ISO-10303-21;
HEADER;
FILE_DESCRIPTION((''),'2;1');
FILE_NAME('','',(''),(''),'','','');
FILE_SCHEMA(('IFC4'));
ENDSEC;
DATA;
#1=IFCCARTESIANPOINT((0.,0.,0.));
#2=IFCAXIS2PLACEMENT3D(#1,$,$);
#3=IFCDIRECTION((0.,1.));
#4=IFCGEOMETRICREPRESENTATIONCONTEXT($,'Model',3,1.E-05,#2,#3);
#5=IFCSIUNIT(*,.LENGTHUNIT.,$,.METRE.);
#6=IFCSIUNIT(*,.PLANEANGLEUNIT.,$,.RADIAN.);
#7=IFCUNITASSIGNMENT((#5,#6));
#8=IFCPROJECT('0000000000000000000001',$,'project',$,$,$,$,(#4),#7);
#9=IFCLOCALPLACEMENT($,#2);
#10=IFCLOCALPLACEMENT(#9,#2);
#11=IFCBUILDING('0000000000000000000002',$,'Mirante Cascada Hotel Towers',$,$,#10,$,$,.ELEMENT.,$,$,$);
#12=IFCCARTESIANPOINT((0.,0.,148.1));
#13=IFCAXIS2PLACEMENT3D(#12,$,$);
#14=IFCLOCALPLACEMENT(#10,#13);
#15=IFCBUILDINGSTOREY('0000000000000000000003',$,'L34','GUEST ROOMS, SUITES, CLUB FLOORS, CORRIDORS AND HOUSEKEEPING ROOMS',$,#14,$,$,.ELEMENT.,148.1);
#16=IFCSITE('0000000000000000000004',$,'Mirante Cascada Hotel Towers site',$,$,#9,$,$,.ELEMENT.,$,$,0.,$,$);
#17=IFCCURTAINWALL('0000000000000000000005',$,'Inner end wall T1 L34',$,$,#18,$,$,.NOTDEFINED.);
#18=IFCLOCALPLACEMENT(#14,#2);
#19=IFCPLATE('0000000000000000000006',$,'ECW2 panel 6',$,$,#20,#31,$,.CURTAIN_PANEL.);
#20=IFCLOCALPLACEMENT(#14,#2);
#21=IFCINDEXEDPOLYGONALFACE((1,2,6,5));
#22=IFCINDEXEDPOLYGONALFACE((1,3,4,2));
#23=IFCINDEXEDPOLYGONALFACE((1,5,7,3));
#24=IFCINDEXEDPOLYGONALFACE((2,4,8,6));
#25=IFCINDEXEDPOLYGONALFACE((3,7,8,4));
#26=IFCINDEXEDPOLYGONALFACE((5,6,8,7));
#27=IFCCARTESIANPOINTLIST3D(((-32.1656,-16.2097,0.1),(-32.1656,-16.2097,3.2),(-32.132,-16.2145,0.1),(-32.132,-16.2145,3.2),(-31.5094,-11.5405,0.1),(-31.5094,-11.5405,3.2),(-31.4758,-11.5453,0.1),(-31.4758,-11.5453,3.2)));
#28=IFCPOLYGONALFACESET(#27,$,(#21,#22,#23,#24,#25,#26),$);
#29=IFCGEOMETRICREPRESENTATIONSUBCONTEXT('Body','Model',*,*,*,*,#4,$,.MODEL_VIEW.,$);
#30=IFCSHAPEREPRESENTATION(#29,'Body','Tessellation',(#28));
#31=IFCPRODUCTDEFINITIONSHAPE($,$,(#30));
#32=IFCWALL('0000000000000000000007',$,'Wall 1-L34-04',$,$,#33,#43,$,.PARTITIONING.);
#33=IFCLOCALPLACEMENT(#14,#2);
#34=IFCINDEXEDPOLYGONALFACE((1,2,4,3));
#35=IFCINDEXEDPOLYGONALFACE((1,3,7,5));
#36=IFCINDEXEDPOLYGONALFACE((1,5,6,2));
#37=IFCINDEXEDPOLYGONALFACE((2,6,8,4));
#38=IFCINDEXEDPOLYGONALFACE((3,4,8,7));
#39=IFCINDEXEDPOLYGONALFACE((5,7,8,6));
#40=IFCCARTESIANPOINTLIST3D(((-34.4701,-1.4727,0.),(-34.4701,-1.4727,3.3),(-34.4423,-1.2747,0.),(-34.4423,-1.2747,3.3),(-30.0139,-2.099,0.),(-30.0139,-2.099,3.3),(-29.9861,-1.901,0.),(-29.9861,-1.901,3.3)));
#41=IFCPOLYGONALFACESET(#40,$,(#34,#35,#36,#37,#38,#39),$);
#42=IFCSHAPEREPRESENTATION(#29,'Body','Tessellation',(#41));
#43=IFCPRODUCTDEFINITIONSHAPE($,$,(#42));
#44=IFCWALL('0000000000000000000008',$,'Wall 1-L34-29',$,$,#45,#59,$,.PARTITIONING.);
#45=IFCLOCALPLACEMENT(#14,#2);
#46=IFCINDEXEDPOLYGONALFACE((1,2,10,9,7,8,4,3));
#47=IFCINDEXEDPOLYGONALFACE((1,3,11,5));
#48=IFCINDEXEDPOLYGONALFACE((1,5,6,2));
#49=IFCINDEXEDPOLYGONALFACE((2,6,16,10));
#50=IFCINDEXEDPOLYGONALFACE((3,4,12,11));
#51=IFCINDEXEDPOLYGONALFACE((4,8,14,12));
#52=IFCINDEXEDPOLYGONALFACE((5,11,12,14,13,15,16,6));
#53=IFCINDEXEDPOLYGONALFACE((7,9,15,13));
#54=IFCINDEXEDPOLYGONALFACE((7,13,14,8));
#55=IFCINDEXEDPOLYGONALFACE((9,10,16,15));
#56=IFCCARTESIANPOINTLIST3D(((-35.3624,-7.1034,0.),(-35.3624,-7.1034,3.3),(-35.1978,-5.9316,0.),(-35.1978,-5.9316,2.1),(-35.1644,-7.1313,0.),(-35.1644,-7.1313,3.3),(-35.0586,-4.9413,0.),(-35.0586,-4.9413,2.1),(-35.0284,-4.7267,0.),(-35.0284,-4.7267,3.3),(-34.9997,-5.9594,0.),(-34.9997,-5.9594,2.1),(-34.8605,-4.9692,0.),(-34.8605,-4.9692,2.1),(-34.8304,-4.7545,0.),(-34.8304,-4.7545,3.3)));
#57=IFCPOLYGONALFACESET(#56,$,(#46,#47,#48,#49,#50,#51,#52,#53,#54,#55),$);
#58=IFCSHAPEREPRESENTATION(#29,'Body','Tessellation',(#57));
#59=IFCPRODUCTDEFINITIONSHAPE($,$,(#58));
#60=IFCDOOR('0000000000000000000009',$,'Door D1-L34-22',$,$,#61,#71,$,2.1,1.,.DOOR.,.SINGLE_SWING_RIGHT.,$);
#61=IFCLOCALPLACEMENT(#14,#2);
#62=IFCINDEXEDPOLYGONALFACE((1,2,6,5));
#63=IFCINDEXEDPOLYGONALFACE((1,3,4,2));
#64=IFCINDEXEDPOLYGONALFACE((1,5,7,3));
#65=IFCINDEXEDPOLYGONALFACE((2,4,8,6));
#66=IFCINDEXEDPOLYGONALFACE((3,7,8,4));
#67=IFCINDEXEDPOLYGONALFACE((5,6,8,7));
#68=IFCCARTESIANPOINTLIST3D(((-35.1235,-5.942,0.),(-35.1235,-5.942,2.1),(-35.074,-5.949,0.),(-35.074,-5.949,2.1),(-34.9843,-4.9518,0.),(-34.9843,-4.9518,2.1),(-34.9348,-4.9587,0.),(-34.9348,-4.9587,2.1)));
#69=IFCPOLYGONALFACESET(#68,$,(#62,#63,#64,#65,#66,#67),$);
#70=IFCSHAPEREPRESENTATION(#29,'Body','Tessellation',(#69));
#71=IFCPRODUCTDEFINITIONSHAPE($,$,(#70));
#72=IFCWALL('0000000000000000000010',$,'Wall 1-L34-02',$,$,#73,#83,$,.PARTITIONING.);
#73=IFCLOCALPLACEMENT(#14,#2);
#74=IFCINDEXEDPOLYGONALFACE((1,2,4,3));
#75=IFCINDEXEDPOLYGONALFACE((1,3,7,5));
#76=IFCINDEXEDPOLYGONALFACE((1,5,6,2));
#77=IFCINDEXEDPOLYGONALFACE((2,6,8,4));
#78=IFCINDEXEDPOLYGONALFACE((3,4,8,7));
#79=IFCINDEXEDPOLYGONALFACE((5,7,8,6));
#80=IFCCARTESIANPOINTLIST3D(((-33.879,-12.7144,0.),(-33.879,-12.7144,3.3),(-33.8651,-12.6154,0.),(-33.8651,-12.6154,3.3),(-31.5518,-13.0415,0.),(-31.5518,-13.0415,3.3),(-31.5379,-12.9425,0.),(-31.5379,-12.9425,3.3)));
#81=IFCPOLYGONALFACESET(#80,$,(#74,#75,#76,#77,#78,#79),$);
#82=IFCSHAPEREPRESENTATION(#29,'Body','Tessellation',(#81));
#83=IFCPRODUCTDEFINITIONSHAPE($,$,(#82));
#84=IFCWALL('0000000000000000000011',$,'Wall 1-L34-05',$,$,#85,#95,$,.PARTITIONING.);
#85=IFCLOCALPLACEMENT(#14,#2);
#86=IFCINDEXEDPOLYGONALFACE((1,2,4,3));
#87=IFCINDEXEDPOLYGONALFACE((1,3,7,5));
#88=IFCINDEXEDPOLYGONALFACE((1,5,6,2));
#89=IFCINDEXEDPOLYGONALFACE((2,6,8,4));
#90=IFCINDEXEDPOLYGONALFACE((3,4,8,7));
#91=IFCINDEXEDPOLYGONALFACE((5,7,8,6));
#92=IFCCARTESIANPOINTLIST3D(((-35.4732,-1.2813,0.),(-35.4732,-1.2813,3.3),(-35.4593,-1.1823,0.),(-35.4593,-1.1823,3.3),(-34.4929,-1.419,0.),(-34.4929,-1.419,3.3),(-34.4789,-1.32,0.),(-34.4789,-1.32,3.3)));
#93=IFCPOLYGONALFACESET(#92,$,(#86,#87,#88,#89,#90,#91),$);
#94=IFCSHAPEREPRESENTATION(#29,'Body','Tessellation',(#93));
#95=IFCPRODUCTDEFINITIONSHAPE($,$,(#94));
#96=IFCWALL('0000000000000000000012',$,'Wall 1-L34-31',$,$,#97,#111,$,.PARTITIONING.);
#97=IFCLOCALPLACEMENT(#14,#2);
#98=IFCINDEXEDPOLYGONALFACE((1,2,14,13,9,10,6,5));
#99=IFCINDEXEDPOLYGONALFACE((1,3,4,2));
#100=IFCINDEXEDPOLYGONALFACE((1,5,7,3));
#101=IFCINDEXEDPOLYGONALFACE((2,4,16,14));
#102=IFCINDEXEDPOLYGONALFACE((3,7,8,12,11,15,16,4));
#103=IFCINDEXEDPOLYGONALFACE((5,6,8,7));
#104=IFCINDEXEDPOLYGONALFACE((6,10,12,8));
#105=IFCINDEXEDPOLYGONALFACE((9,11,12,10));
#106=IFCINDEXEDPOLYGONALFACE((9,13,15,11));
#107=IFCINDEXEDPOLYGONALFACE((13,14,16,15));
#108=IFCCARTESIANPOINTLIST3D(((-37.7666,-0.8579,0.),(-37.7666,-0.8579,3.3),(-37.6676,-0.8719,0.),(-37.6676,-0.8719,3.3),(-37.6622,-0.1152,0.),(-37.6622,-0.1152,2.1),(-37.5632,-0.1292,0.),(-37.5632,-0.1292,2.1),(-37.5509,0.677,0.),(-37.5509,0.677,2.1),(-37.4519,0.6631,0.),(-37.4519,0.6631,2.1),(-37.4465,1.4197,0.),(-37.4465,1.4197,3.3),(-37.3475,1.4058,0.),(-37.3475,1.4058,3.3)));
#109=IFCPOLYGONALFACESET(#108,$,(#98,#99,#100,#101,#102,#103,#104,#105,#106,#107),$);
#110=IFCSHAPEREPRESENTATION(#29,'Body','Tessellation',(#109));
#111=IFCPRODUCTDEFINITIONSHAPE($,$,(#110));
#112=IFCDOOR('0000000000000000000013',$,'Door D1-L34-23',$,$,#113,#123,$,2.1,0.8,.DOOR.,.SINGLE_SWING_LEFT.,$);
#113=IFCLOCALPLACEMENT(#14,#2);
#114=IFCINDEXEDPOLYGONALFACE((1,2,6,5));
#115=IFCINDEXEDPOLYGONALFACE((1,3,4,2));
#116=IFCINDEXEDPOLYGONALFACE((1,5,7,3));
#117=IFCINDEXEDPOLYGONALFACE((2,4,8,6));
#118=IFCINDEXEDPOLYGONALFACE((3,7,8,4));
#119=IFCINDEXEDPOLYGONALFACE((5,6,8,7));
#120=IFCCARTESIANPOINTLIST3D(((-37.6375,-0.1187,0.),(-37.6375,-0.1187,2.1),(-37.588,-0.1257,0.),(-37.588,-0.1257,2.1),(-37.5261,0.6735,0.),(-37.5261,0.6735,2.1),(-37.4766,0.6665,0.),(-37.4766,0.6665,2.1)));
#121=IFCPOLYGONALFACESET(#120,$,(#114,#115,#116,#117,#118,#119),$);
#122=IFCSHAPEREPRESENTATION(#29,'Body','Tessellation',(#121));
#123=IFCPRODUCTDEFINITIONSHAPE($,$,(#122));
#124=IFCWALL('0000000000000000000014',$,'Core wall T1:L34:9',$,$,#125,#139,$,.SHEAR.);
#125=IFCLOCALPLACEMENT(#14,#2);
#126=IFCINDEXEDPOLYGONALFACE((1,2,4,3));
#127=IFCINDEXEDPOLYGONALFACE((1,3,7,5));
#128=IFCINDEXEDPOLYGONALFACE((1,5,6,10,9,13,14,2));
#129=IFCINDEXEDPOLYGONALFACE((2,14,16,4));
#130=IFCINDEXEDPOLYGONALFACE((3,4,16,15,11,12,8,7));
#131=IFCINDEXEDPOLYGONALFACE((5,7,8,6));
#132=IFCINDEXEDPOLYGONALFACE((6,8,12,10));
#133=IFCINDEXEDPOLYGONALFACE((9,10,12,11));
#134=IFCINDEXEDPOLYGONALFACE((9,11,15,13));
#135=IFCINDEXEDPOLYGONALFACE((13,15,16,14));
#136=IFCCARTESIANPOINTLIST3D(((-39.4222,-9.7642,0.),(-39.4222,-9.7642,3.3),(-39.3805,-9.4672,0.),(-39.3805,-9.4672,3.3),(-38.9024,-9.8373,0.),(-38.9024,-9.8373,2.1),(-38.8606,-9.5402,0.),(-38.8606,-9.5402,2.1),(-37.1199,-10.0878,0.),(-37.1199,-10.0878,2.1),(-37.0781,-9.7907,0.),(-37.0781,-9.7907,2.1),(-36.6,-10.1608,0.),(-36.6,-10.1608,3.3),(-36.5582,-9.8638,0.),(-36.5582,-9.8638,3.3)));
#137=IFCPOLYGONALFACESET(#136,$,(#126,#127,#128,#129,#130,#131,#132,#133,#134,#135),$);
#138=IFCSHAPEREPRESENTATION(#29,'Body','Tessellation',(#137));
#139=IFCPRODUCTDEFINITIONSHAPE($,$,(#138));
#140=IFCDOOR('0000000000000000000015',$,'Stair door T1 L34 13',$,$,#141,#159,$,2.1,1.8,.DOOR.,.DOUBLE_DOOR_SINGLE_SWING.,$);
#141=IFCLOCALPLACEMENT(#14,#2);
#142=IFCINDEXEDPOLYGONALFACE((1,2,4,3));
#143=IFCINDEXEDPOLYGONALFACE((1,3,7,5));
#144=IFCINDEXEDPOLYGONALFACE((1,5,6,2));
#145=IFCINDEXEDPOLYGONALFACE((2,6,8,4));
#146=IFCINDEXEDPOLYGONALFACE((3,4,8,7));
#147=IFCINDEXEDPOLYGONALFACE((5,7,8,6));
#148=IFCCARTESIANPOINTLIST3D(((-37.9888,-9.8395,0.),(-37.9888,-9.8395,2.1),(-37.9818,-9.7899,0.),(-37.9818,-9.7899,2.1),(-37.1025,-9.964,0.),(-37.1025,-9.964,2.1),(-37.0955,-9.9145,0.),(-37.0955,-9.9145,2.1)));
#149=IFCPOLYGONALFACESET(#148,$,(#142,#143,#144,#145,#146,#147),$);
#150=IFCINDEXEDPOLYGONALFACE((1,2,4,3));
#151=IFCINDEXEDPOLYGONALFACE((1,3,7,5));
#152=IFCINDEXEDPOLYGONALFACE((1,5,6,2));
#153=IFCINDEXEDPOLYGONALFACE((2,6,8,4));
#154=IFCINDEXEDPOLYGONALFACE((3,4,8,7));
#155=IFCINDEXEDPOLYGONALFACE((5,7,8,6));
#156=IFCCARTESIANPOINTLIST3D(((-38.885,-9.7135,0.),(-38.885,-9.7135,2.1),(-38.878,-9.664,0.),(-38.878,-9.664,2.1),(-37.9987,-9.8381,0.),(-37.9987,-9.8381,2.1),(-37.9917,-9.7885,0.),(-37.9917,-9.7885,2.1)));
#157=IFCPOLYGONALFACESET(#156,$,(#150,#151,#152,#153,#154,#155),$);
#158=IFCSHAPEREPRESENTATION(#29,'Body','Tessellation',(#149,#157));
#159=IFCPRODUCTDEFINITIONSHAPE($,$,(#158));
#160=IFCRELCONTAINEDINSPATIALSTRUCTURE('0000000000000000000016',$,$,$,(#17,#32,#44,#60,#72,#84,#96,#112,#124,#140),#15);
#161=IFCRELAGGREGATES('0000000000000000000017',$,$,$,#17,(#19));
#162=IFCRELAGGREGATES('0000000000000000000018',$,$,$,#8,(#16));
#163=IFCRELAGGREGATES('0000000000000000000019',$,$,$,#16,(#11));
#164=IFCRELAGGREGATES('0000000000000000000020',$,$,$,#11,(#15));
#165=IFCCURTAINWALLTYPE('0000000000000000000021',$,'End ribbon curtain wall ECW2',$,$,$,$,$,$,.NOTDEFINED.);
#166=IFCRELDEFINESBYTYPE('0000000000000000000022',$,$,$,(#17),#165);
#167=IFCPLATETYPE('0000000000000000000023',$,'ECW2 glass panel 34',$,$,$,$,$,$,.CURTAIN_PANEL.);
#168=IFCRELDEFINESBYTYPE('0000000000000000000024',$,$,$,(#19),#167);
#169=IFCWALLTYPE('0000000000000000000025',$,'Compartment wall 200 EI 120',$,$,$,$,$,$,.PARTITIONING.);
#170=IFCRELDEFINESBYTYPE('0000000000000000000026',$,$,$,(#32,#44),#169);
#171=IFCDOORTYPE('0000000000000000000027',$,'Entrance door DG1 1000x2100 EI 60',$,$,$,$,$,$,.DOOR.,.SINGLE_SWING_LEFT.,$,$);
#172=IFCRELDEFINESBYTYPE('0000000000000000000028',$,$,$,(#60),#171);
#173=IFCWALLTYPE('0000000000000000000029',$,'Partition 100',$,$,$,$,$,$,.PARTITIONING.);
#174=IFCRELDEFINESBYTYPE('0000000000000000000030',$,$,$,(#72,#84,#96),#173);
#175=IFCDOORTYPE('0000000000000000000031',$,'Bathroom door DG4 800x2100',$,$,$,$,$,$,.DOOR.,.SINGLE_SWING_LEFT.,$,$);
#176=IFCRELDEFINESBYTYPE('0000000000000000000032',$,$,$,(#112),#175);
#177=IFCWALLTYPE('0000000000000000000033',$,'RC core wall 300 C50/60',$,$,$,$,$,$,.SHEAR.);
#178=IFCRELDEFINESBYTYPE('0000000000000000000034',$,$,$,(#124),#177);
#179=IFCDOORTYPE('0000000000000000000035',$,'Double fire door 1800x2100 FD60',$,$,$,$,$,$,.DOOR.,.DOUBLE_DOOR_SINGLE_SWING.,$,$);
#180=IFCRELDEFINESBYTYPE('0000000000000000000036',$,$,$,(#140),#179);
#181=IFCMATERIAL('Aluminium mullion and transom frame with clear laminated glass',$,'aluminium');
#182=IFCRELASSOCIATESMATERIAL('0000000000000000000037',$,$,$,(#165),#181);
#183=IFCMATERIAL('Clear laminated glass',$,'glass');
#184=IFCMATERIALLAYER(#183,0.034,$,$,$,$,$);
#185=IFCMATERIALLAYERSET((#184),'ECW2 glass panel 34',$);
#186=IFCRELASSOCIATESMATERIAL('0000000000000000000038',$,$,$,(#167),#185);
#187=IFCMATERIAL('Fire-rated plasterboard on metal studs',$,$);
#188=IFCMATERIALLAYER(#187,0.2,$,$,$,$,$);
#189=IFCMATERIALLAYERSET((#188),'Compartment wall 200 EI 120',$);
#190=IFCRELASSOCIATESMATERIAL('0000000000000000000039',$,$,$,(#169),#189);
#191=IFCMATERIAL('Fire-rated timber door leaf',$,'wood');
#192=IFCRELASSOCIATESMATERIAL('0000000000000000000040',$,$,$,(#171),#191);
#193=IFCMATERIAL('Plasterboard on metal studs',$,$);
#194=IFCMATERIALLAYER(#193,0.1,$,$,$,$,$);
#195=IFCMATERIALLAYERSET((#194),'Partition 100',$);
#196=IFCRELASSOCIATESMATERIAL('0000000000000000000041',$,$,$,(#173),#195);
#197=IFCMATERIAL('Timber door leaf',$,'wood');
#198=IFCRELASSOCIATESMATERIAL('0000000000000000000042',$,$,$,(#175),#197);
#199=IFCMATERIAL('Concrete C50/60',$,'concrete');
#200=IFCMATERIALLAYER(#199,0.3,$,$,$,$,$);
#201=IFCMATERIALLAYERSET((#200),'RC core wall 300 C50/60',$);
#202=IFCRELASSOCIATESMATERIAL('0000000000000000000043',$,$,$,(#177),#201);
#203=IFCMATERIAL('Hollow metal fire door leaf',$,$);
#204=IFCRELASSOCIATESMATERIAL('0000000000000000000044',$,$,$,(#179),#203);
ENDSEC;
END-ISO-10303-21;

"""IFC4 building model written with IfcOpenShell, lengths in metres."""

from ifc_helpers import new_model, si_unit, direction, frame, frame_2d, origin, origin_2d, place, context, subcontext, project, spatial, rectangle, extrude, material, layer, layer_set, type_object, element, fill, aggregate, save


model = new_model("IFC4")

# Units and contexts
model_context = context("Model", 3, precision=1e-05, world=origin(), true_north=direction((0.0, 1.0)))
body_context = subcontext(model_context, "Body", "Model", "MODEL_VIEW")
ifc_project = project(units=[si_unit("LENGTHUNIT", "METRE"), si_unit("PLANEANGLEUNIT", "RADIAN")], contexts=[model_context])

# Site, building, storey
site_placement = place(None, origin())
site = spatial("IfcSite", under=ifc_project, at=site_placement, Name="Mirante Cascada Hotel Towers site", CompositionType="ELEMENT", RefElevation=0.0)
building_placement = place(site_placement, origin())
building = spatial("IfcBuilding", under=site, at=building_placement, Name="Mirante Cascada Hotel Towers", CompositionType="ELEMENT")
storey_placement = place(building_placement, frame((0.0, 0.0, 148.1)))
storey = spatial("IfcBuildingStorey", under=building, at=storey_placement, Name="L34", Description="GUEST ROOMS, SUITES, CLUB FLOORS, CORRIDORS AND HOUSEKEEPING ROOMS", CompositionType="ELEMENT", Elevation=148.1)

# Curtain wall, plate
ifc_material_1 = material(Name="Aluminium mullion and transom frame with clear laminated glass", Category="aluminium")
curtain_wall_type = type_object("IfcCurtainWallType", Name="End ribbon curtain wall ECW2", PredefinedType="NOTDEFINED", material=ifc_material_1)
curtain_wall_placement = place(storey_placement, origin())
curtain_wall = element("IfcCurtainWall", 1, at=curtain_wall_placement, inside=storey, type_object=curtain_wall_type, Name="Inner end wall T1 L34", PredefinedType="NOTDEFINED")
ifc_material_2 = material(Name="Clear laminated glass", Category="glass")
ifc_layer_1 = layer(ifc_material_2, 0.034)
ifc_layer_set_1 = layer_set([ifc_layer_1], Name="ECW2 glass panel 34")
plate_type = type_object("IfcPlateType", Name="ECW2 glass panel 34", PredefinedType="CURTAIN_PANEL", material=ifc_layer_set_1)
plate_placement = place(storey_placement, frame((-31.8207, -13.8775, 0.1), z_axis=(0.0, 0.0, 1.0), x_axis=(-0.139173, -0.990268, 0.0)))
plate = element("IfcPlate", 2, at=plate_placement, type_object=plate_type, Name="ECW2 panel 6", PredefinedType="CURTAIN_PANEL", context=body_context, shape_type="SweptSolid", body=[
    extrude(rectangle(XDim=4.7151, YDim=0.034, at=origin_2d()), origin(), (0.0, 0.0, 1.0), 3.1),
])
aggregate(curtain_wall, [plate])

# Wall
ifc_material_3 = material(Name="Fire-rated plasterboard on metal studs")
ifc_layer_2 = layer(ifc_material_3, 0.2)
ifc_layer_set_2 = layer_set([ifc_layer_2], Name="Compartment wall 200 EI 120")
wall_type_1 = type_object("IfcWallType", Name="Compartment wall 200 EI 120", PredefinedType="PARTITIONING", material=ifc_layer_set_2)
wall_1_placement = place(storey_placement, frame((-34.4562, -1.3737, 0.0), z_axis=(0.0, 0.0, 1.0), x_axis=(0.990267, -0.139178, 0.0)))
element("IfcWall", 3, at=wall_1_placement, inside=storey, type_object=wall_type_1, Name="Wall 1-L34-04", PredefinedType="PARTITIONING", context=body_context, shape_type="SweptSolid", body=[
    extrude(rectangle(XDim=4.5, YDim=0.2, at=frame_2d((2.25, 0.0))), origin(), (0.0, 0.0, 1.0), 3.3),
])

# Wall, opening, door
wall_2_placement = place(storey_placement, frame((-35.2634, -7.1173, 0.0), z_axis=(0.0, 0.0, 1.0), x_axis=(0.139163, 0.990269, 0.0)))
wall_2 = element("IfcWall", 4, at=wall_2_placement, inside=storey, type_object=wall_type_1, Name="Wall 1-L34-29", PredefinedType="PARTITIONING", context=body_context, shape_type="SweptSolid", body=[
    extrude(rectangle(XDim=2.4001, YDim=0.2, at=frame_2d((1.2, 0.0))), origin(), (0.0, 0.0, 1.0), 3.3),
])
opening_1_placement = place(wall_2_placement, frame((1.1833, 0.0, 0.0)))
opening_1 = element("IfcOpeningElement", 5, at=opening_1_placement, cuts=wall_2, PredefinedType="OPENING", context=body_context, shape_type="SweptSolid", body=[
    extrude(rectangle(XDim=1.0, YDim=2.1, at=frame_2d((0.5, 1.05))), frame((0.0, 0.1, 0.0), z_axis=(0.0, -1.0, 0.0), x_axis=(1.0, 0.0, 0.0)), (0.0, 0.0, 1.0), 0.2),
])
ifc_material_4 = material(Name="Fire-rated timber door leaf", Category="wood")
door_type_1 = type_object("IfcDoorType", Name="Entrance door DG1 1000x2100 EI 60", OperationType="SINGLE_SWING_LEFT", PredefinedType="DOOR", material=ifc_material_4)
door_1_placement = place(opening_1_placement, frame((1.0, 0.0, 0.0), z_axis=(0.0, 0.0, 1.0), x_axis=(-1.0, 0.0, 0.0)))
door_1 = element("IfcDoor", 6, at=door_1_placement, inside=storey, type_object=door_type_1, Name="Door D1-L34-22", OperationType="SINGLE_SWING_RIGHT", OverallHeight=2.1, OverallWidth=1.0, PredefinedType="DOOR", context=body_context, shape_type="SweptSolid", body=[
    extrude(rectangle(XDim=1.0, YDim=2.1, at=frame_2d((0.5, 1.05))), frame((0.0, 0.025, 0.0), z_axis=(0.0, -1.0, 0.0), x_axis=(1.0, 0.0, 0.0)), (0.0, 0.0, 1.0), 0.05),
])
fill(opening_1, door_1)

# Walls
ifc_material_5 = material(Name="Plasterboard on metal studs")
ifc_layer_3 = layer(ifc_material_5, 0.1)
ifc_layer_set_3 = layer_set([ifc_layer_3], Name="Partition 100")
wall_type_2 = type_object("IfcWallType", Name="Partition 100", PredefinedType="PARTITIONING", material=ifc_layer_set_3)
wall_3_placement = place(storey_placement, frame((-33.872, -12.6649, 0.0), z_axis=(0.0, 0.0, 1.0), x_axis=(0.990266, -0.139187, 0.0)))
element("IfcWall", 7, at=wall_3_placement, inside=storey, type_object=wall_type_2, Name="Wall 1-L34-02", PredefinedType="PARTITIONING", context=body_context, shape_type="SweptSolid", body=[
    extrude(rectangle(XDim=2.3501, YDim=0.1, at=frame_2d((1.175, 0.0))), origin(), (0.0, 0.0, 1.0), 3.3),
])
wall_4_placement = place(storey_placement, frame((-34.4859, -1.3695, 0.0), z_axis=(0.0, 0.0, 1.0), x_axis=(-0.99028, 0.139088, 0.0)))
element("IfcWall", 8, at=wall_4_placement, inside=storey, type_object=wall_type_2, Name="Wall 1-L34-05", PredefinedType="PARTITIONING", context=body_context, shape_type="SweptSolid", body=[
    extrude(rectangle(XDim=0.99, YDim=0.1, at=frame_2d((0.495, 0.0))), origin(), (0.0, 0.0, 1.0), 3.3),
])

# Walls, openings, doors
wall_5_placement = place(storey_placement, frame((-37.7171, -0.8649, 0.0), z_axis=(0.0, 0.0, 1.0), x_axis=(0.139175, 0.990268, 0.0)))
wall_5 = element("IfcWall", 9, at=wall_5_placement, inside=storey, type_object=wall_type_2, Name="Wall 1-L34-31", PredefinedType="PARTITIONING", context=body_context, shape_type="SweptSolid", body=[
    extrude(rectangle(XDim=2.3, YDim=0.1, at=frame_2d((1.15, 0.0))), origin(), (0.0, 0.0, 1.0), 3.3),
])
opening_2_placement = place(wall_5_placement, frame((0.75, 0.0, 0.0)))
opening_2 = element("IfcOpeningElement", 10, at=opening_2_placement, cuts=wall_5, PredefinedType="OPENING", context=body_context, shape_type="SweptSolid", body=[
    extrude(rectangle(XDim=0.8, YDim=2.1, at=frame_2d((0.4, 1.05))), frame((0.0, 0.05, 0.0), z_axis=(0.0, -1.0, 0.0), x_axis=(1.0, 0.0, 0.0)), (0.0, 0.0, 1.0), 0.1),
])
ifc_material_6 = material(Name="Timber door leaf", Category="wood")
door_type_2 = type_object("IfcDoorType", Name="Bathroom door DG4 800x2100", OperationType="SINGLE_SWING_LEFT", PredefinedType="DOOR", material=ifc_material_6)
door_2_placement = place(opening_2_placement, origin())
door_2 = element("IfcDoor", 11, at=door_2_placement, inside=storey, type_object=door_type_2, Name="Door D1-L34-23", OperationType="SINGLE_SWING_LEFT", OverallHeight=2.1, OverallWidth=0.8, PredefinedType="DOOR", context=body_context, shape_type="SweptSolid", body=[
    extrude(rectangle(XDim=0.8, YDim=2.1, at=frame_2d((0.4, 1.05))), frame((0.0, 0.025, 0.0), z_axis=(0.0, -1.0, 0.0), x_axis=(1.0, 0.0, 0.0)), (0.0, 0.0, 1.0), 0.05),
])
fill(opening_2, door_2)
ifc_material_7 = material(Name="Concrete C50/60", Category="concrete")
ifc_layer_4 = layer(ifc_material_7, 0.3)
ifc_layer_set_4 = layer_set([ifc_layer_4], Name="RC core wall 300 C50/60")
wall_type_3 = type_object("IfcWallType", Name="RC core wall 300 C50/60", PredefinedType="SHEAR", material=ifc_layer_set_4)
wall_6_placement = place(storey_placement, frame((-36.5791, -10.0123, 0.0), z_axis=(0.0, 0.0, 1.0), x_axis=(-0.99027, 0.139156, 0.0)))
wall_6 = element("IfcWall", 12, at=wall_6_placement, inside=storey, type_object=wall_type_3, Name="Core wall T1:L34:9", PredefinedType="SHEAR", context=body_context, shape_type="SweptSolid", body=[
    extrude(rectangle(XDim=2.85, YDim=0.3, at=frame_2d((1.425, 0.0))), origin(), (0.0, 0.0, 1.0), 3.3),
])
opening_3_placement = place(wall_6_placement, frame((0.525, 0.0, 0.0)))
opening_3 = element("IfcOpeningElement", 13, at=opening_3_placement, cuts=wall_6, PredefinedType="OPENING", context=body_context, shape_type="SweptSolid", body=[
    extrude(rectangle(XDim=1.8, YDim=2.1, at=frame_2d((0.9, 1.05))), frame((0.0, 0.15, 0.0), z_axis=(0.0, -1.0, 0.0), x_axis=(1.0, 0.0, 0.0)), (0.0, 0.0, 1.0), 0.3),
])
ifc_material_8 = material(Name="Hollow metal fire door leaf")
door_type_3 = type_object("IfcDoorType", Name="Double fire door 1800x2100 FD60", OperationType="DOUBLE_DOOR_SINGLE_SWING", PredefinedType="DOOR", material=ifc_material_8)
door_3_placement = place(opening_3_placement, origin())
door_3 = element("IfcDoor", 14, at=door_3_placement, inside=storey, type_object=door_type_3, Name="Stair door T1 L34 13", OperationType="DOUBLE_DOOR_SINGLE_SWING", OverallHeight=2.1, OverallWidth=1.8, PredefinedType="DOOR", context=body_context, shape_type="SweptSolid", body=[
    extrude(rectangle(XDim=0.895, YDim=2.1, at=frame_2d((0.4475, 1.05))), frame((0.0, 0.025, 0.0), z_axis=(0.0, -1.0, 0.0), x_axis=(1.0, 0.0, 0.0)), (0.0, 0.0, 1.0), 0.05),
    extrude(rectangle(XDim=0.895, YDim=2.1, at=frame_2d((1.3525, 1.05))), frame((0.0, 0.025, 0.0), z_axis=(0.0, -1.0, 0.0), x_axis=(1.0, 0.0, 0.0)), (0.0, 0.0, 1.0), 0.05),
])
fill(opening_3, door_3)

save(model, "model.ifc")
